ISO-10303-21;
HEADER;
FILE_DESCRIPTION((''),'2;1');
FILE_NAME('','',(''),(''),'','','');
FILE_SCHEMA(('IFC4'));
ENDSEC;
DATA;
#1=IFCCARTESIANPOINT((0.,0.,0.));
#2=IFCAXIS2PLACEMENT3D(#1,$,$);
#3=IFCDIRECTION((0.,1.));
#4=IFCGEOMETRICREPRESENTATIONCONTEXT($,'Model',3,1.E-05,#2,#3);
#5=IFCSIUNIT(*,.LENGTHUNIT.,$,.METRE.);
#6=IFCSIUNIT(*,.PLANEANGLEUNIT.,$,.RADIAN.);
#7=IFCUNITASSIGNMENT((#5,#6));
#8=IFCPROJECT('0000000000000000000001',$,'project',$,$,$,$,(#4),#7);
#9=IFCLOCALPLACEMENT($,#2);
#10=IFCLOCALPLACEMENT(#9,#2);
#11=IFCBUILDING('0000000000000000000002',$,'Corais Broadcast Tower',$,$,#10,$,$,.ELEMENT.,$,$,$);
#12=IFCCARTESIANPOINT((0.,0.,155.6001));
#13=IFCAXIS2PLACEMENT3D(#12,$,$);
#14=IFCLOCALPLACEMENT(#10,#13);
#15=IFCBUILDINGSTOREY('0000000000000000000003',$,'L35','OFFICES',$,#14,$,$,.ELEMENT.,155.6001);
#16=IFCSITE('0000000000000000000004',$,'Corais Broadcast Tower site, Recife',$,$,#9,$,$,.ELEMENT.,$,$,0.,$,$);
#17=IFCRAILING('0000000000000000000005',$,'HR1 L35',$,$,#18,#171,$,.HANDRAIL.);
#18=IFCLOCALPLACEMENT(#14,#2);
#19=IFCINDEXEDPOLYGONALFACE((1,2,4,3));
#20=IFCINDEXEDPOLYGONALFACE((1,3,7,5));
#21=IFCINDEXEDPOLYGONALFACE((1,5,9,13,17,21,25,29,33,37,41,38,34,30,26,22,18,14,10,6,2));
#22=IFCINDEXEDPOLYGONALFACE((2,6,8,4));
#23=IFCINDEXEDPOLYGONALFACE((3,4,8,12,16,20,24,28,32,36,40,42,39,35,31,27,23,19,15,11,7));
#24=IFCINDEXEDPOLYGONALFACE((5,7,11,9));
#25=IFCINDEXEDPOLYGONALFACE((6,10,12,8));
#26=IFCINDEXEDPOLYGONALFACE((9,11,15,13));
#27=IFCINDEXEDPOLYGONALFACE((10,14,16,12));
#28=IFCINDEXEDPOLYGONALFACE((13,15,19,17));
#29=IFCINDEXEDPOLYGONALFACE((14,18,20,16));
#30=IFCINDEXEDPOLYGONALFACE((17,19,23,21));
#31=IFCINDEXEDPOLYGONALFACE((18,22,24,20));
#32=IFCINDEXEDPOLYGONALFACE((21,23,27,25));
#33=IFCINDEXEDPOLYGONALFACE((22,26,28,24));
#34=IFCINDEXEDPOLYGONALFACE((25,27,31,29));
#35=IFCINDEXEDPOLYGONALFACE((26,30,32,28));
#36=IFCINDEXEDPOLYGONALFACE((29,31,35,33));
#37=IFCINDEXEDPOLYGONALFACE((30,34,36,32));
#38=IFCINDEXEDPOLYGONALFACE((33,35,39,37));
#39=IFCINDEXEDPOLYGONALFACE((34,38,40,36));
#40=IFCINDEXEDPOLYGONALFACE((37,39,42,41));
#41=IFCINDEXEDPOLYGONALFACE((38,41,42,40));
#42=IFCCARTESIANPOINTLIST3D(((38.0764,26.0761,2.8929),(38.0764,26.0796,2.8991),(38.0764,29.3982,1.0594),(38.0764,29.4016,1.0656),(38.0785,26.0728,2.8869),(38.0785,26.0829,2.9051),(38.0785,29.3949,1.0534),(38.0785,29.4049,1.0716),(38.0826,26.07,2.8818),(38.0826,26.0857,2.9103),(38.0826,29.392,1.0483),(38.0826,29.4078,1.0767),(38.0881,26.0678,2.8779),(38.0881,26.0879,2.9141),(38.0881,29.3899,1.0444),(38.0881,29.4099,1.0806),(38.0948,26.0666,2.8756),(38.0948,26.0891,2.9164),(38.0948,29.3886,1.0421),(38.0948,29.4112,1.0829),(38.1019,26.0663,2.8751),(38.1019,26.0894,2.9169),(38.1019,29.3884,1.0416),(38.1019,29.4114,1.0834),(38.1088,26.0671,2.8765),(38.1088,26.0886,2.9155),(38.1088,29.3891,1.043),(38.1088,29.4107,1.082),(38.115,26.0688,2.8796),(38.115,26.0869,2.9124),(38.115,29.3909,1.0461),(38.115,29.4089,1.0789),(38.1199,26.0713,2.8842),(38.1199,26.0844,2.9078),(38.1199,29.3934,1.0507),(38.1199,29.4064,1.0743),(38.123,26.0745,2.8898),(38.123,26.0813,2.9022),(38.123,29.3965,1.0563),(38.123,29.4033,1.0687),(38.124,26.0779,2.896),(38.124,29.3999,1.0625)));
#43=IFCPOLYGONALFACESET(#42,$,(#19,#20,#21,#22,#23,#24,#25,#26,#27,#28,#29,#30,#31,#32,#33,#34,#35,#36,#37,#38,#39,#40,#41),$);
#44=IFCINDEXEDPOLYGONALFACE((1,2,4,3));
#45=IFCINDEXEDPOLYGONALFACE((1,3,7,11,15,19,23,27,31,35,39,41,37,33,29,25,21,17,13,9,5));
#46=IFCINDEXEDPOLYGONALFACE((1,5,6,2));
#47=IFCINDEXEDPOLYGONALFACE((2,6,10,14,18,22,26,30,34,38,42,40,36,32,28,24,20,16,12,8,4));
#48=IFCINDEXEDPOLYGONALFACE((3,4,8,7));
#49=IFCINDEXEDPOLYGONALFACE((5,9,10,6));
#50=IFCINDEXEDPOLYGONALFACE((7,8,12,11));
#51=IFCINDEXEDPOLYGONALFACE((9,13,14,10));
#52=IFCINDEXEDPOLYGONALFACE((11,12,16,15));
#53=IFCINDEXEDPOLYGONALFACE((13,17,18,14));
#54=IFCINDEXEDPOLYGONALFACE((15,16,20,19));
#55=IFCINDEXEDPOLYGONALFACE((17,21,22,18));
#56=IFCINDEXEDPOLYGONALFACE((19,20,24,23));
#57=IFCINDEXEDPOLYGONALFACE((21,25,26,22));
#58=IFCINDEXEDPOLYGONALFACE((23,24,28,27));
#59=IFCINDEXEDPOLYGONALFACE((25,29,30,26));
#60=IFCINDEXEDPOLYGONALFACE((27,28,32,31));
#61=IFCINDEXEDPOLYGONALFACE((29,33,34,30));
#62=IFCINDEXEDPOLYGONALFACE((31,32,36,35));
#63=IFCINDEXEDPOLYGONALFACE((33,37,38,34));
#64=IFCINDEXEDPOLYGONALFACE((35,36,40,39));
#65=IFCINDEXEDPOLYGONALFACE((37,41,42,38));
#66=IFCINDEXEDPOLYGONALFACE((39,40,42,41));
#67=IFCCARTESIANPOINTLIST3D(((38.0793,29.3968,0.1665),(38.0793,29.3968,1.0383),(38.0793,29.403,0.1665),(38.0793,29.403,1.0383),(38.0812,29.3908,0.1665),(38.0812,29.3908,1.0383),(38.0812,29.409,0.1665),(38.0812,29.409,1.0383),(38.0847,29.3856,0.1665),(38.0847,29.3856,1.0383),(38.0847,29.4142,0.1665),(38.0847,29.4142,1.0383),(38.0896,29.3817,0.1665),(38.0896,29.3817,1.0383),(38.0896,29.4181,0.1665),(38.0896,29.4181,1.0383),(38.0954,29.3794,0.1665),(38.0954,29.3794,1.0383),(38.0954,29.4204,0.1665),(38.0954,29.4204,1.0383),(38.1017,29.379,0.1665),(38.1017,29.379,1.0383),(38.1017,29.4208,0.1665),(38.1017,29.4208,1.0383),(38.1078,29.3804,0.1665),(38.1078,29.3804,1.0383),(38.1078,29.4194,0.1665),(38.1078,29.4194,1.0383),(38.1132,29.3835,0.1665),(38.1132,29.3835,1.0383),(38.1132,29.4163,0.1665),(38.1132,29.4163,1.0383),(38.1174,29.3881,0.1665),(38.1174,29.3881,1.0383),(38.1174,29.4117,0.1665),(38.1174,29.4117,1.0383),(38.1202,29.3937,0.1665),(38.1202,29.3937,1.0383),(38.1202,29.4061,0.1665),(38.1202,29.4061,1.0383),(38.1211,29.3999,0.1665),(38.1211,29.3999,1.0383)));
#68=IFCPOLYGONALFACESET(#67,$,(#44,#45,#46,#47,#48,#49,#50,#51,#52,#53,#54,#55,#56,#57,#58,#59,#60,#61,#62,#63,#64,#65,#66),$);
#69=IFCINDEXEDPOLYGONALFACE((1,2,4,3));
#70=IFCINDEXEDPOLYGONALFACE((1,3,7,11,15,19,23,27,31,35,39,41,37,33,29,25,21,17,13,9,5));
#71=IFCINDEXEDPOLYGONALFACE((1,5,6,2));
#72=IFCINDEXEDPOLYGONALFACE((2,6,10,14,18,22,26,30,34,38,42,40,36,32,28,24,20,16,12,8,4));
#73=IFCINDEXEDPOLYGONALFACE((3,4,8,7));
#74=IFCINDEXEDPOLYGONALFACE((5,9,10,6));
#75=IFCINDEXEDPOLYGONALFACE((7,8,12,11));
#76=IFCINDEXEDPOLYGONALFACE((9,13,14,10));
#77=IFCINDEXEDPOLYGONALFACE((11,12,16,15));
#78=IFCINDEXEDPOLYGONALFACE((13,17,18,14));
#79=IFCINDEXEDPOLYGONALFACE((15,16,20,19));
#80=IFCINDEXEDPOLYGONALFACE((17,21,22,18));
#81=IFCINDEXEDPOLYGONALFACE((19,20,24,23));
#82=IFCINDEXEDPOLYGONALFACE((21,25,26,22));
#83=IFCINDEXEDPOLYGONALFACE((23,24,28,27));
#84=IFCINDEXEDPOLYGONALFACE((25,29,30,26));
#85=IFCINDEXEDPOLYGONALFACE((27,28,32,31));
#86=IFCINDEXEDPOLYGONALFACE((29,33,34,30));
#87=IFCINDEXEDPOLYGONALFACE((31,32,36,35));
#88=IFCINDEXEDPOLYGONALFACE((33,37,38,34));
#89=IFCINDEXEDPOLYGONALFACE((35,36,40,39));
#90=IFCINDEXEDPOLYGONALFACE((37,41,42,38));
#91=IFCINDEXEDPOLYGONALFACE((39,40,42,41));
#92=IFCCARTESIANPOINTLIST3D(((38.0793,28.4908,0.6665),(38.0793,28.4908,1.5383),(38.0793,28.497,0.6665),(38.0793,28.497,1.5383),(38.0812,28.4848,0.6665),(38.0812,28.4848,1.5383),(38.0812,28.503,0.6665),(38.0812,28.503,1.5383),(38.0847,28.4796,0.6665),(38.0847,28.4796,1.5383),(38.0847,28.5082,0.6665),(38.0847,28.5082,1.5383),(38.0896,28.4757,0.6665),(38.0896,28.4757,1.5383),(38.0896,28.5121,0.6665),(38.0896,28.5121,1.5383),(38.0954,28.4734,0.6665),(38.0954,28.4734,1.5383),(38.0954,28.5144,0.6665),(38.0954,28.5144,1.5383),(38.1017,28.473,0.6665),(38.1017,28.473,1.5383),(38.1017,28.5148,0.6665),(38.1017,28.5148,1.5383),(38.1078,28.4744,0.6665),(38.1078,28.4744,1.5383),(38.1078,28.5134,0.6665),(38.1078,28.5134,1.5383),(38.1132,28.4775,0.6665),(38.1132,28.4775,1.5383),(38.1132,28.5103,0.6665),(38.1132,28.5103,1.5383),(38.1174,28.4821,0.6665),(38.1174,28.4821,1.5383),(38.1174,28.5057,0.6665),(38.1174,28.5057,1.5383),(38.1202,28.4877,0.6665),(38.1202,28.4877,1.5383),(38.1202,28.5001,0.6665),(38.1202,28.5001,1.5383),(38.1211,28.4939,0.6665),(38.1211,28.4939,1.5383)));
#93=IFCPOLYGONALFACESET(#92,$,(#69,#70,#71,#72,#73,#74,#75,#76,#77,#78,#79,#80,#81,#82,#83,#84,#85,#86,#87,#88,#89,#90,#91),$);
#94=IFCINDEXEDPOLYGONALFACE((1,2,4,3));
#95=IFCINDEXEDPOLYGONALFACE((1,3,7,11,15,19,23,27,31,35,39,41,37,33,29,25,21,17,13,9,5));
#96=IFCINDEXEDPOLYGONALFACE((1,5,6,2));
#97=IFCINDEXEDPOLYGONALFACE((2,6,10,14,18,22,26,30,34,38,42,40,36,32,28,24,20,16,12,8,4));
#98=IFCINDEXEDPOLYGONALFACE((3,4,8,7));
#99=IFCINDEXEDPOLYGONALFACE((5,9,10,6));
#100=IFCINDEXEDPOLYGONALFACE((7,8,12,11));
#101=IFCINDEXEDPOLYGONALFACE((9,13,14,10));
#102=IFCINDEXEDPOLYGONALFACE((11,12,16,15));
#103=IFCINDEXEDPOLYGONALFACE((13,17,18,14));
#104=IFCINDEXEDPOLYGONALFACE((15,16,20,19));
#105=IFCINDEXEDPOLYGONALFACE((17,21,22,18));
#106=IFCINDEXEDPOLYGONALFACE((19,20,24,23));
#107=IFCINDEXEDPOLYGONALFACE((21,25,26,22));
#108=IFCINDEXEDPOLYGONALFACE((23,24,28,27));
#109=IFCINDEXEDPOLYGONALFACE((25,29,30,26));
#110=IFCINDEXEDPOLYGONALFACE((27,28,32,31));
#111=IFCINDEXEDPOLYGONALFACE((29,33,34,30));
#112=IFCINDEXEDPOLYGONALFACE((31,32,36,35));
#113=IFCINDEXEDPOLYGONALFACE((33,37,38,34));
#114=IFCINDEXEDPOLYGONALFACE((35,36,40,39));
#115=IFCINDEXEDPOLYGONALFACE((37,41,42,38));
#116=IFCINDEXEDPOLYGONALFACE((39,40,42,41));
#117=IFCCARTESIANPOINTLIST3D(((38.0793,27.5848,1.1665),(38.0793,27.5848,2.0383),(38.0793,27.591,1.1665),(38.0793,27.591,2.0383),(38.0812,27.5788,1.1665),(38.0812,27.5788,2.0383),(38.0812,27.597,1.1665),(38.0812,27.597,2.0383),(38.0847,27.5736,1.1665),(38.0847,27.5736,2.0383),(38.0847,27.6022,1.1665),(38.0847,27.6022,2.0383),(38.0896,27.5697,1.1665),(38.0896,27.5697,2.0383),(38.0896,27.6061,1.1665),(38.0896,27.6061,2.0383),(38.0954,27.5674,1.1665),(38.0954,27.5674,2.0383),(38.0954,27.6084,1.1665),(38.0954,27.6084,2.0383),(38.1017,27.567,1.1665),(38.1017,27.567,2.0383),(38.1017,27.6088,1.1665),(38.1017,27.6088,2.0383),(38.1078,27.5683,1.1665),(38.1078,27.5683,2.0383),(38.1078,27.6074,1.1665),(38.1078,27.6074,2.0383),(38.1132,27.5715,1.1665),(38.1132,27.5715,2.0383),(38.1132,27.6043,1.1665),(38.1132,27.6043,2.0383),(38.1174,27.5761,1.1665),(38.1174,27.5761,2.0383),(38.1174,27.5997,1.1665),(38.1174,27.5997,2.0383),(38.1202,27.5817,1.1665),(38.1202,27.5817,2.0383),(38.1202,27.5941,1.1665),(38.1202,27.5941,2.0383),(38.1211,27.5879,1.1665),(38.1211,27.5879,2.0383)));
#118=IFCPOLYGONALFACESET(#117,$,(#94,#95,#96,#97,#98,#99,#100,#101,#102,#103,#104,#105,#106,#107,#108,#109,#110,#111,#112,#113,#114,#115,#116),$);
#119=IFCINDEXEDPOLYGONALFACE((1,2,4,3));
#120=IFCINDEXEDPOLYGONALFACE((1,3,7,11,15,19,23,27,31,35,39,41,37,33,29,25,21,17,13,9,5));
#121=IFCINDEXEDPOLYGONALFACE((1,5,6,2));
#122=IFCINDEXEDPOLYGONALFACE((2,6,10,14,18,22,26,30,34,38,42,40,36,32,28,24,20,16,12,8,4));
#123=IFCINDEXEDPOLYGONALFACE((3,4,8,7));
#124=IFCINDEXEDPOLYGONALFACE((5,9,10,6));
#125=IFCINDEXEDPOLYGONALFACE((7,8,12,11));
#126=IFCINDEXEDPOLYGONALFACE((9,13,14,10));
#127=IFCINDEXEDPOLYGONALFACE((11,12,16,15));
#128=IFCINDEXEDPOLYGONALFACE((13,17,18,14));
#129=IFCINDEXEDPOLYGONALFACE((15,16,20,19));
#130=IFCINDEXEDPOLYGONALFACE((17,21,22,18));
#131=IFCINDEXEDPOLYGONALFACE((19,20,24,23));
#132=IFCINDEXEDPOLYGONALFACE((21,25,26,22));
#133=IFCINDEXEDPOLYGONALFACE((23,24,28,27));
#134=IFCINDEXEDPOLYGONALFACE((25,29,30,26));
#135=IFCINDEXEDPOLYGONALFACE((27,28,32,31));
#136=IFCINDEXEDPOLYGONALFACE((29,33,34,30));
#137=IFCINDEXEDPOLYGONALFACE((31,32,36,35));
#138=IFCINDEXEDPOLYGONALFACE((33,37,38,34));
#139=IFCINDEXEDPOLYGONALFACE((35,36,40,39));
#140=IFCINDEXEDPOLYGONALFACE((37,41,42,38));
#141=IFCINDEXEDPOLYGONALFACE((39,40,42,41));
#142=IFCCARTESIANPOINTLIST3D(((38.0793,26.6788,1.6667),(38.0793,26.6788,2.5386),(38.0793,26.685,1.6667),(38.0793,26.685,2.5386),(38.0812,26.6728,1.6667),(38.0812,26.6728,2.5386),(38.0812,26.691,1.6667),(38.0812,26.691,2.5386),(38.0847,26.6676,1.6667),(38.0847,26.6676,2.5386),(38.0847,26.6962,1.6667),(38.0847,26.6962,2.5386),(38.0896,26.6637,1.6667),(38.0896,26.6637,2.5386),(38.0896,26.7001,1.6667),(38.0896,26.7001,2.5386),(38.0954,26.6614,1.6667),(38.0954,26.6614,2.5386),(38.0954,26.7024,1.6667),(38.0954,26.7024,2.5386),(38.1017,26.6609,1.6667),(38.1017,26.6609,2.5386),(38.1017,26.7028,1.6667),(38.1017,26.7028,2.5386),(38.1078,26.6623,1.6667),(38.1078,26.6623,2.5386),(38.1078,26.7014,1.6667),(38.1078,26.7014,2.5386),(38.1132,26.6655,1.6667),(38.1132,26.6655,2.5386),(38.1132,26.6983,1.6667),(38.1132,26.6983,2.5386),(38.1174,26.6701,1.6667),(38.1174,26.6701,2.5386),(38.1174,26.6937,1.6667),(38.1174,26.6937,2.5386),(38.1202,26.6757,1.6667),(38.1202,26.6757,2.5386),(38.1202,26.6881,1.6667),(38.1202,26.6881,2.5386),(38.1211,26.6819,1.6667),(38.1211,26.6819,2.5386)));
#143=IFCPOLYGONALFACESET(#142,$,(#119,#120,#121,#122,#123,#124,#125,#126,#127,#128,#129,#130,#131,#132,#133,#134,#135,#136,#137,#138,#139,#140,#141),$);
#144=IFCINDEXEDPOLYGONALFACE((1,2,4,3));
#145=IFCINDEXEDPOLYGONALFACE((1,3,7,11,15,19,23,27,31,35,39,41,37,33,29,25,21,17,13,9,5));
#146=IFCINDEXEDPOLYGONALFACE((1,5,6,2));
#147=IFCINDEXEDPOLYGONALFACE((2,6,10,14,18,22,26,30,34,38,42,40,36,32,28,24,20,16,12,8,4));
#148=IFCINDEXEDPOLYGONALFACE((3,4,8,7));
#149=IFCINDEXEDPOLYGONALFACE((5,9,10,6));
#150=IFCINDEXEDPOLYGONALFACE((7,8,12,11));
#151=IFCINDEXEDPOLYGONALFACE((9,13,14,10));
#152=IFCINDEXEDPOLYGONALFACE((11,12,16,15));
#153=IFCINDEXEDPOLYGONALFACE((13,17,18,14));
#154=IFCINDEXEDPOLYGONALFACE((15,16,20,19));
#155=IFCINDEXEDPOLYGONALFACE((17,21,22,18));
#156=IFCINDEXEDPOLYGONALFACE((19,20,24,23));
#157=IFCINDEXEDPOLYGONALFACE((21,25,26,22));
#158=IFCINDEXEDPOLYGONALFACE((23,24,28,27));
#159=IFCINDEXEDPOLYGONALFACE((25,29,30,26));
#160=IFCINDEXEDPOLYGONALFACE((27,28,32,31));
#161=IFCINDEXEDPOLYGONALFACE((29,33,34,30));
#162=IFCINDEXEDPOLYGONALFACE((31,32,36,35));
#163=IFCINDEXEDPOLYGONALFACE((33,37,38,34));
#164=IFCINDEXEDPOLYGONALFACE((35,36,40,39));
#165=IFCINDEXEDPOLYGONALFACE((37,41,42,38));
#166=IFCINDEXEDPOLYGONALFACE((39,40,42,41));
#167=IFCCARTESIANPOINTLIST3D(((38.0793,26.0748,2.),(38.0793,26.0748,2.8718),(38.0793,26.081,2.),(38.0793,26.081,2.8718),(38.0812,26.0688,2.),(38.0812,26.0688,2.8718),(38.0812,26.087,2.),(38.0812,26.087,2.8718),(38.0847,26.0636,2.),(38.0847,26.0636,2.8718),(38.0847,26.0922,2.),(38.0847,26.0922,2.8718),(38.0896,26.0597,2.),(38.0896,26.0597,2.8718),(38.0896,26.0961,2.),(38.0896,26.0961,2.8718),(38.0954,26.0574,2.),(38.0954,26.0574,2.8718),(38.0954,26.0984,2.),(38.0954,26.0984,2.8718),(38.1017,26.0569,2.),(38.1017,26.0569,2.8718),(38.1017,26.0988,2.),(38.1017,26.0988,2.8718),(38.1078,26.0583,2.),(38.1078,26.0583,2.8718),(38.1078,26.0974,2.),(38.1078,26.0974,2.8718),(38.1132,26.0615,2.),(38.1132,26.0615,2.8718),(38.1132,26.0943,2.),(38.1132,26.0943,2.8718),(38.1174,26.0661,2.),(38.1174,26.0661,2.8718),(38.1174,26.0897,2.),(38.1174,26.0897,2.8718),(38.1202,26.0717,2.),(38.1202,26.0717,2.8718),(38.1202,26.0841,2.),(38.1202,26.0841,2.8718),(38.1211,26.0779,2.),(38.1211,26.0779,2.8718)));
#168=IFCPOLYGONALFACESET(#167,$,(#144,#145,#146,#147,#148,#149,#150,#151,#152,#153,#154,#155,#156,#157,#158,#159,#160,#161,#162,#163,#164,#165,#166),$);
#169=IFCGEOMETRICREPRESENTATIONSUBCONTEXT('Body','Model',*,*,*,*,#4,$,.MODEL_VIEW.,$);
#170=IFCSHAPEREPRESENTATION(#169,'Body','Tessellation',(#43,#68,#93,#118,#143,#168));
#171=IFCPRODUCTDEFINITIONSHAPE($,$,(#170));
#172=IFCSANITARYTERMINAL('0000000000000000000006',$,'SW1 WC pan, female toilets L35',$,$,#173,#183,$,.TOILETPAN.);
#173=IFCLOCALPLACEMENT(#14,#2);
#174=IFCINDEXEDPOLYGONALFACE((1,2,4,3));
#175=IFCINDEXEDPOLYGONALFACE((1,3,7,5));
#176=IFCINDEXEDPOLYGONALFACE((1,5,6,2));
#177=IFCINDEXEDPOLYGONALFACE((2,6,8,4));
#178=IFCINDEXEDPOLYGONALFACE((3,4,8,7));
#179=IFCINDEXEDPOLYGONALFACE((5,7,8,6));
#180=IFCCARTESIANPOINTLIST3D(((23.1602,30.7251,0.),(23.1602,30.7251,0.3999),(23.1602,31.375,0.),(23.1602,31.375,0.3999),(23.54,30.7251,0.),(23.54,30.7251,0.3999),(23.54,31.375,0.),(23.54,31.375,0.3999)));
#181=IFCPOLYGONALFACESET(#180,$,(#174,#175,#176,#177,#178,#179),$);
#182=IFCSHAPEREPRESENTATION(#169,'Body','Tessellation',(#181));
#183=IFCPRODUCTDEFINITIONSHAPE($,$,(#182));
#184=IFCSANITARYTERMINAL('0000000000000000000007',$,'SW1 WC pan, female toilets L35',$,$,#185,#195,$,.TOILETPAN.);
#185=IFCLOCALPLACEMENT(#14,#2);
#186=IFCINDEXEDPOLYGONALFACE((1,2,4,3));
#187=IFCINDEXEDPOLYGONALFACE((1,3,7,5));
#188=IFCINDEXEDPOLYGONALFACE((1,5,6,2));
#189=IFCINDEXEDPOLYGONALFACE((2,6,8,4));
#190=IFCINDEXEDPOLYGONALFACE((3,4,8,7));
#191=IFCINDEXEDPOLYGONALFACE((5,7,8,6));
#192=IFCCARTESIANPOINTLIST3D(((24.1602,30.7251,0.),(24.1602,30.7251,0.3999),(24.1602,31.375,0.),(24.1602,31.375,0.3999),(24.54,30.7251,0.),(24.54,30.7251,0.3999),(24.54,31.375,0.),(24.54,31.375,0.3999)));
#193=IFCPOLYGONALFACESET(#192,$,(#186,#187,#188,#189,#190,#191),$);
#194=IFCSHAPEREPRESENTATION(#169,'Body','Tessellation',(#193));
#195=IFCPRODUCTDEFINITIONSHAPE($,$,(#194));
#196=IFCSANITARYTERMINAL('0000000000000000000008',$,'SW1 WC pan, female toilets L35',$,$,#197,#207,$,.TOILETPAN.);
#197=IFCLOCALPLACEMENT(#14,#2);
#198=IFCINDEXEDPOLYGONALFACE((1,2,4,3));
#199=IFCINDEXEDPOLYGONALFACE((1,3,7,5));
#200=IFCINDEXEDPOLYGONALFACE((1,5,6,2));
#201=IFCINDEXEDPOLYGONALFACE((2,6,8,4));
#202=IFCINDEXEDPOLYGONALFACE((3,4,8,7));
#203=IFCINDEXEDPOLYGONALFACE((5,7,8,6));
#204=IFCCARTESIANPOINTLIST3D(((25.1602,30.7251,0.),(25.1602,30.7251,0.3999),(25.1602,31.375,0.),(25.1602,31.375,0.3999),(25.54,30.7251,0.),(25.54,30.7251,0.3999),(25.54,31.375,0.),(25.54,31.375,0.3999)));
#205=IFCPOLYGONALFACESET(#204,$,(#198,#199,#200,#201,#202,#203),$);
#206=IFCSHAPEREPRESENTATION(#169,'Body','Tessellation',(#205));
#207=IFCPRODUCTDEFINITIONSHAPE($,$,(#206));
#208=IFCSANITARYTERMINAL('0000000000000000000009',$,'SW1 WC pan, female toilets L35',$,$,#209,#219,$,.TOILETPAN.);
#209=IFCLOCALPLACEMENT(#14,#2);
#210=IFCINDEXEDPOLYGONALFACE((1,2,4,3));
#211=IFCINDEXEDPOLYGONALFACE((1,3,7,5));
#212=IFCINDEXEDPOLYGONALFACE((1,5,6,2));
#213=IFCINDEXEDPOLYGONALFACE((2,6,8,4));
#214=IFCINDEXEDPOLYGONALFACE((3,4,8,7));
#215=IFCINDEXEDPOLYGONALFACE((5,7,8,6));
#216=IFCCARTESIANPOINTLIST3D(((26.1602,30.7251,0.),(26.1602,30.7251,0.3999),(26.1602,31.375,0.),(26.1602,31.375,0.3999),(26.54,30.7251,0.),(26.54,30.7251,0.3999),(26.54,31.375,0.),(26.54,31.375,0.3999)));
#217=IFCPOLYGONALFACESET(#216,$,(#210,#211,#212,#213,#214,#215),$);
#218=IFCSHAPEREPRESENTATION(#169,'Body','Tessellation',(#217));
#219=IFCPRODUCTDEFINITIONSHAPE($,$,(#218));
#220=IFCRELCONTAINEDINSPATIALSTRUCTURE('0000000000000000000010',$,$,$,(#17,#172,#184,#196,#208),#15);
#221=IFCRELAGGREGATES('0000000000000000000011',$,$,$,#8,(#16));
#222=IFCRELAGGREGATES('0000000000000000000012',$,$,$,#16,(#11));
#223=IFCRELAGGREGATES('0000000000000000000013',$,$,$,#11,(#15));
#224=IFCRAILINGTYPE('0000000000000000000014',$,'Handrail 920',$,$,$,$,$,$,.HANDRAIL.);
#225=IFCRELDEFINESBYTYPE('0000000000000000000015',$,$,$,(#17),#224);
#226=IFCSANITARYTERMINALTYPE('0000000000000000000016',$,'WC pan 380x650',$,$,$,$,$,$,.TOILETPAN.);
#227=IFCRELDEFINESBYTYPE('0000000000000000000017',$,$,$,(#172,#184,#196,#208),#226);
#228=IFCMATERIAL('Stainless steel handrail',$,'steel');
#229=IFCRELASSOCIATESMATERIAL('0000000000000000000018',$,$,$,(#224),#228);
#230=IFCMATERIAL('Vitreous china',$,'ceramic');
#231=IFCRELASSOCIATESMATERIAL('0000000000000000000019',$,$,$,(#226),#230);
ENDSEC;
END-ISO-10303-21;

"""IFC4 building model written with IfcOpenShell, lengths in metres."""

from ifc_helpers import new_model, si_unit, direction, frame, origin, origin_2d, place, context, subcontext, project, spatial, rectangle, circle, extrude, material, type_object, element, save


model = new_model("IFC4")

# Units and contexts
model_context = context("Model", 3, precision=1e-05, world=origin(), true_north=direction((0.0, 1.0)))
body_context = subcontext(model_context, "Body", "Model", "MODEL_VIEW")
ifc_project = project(units=[si_unit("LENGTHUNIT", "METRE"), si_unit("PLANEANGLEUNIT", "RADIAN")], contexts=[model_context])

# Site, building, storey
site_placement = place(None, origin())
site = spatial("IfcSite", under=ifc_project, at=site_placement, Name="Corais Broadcast Tower site, Recife", CompositionType="ELEMENT", RefElevation=0.0)
building_placement = place(site_placement, origin())
building = spatial("IfcBuilding", under=site, at=building_placement, Name="Corais Broadcast Tower", CompositionType="ELEMENT")
storey_placement = place(building_placement, frame((0.0, 0.0, 155.6001)))
storey = spatial("IfcBuildingStorey", under=building, at=storey_placement, Name="L35", Description="OFFICES", CompositionType="ELEMENT", Elevation=155.6001)

# Railing
ifc_material_1 = material(Name="Stainless steel handrail", Category="steel")
railing_type = type_object("IfcRailingType", Name="Handrail 920", PredefinedType="HANDRAIL", material=ifc_material_1)
for number, where, name in (
    (1, (38.1001, 29.3999, 0.1665), "HR1 L35"),
):
    element("IfcRailing", number, at=place(storey_placement, frame(where)), inside=storey, type_object=railing_type, Name=name, PredefinedType="HANDRAIL", context=body_context, shape_type="SweptSolid", body=[
        extrude(circle(Radius=0.0239, at=origin_2d()), frame((0.0, 0.0, 0.896), z_axis=(0.0, -0.875504, 0.48321), x_axis=(1.0, 0.0, 0.0)), (0.0, 0.0, 1.0), 3.7944),
        extrude(circle(Radius=0.021, at=origin_2d()), origin(), (0.0, 0.0, 1.0), 0.8718),
        extrude(circle(Radius=0.021, at=origin_2d()), frame((0.0, -0.906, 0.5)), (0.0, 0.0, 1.0), 0.8718),
        extrude(circle(Radius=0.021, at=origin_2d()), frame((0.0, -1.812, 1.0)), (0.0, 0.0, 1.0), 0.8718),
        extrude(circle(Radius=0.021, at=origin_2d()), frame((0.0, -2.718, 1.5002)), (0.0, 0.0, 1.0), 0.8718),
        extrude(circle(Radius=0.021, at=origin_2d()), frame((0.0, -3.322, 1.8335)), (0.0, 0.0, 1.0), 0.8718),
    ])

# Sanitary terminals
ifc_material_2 = material(Name="Vitreous china", Category="ceramic")
sanitary_terminal_type_1 = type_object("IfcSanitaryTerminalType", Name="WC pan 380x650", PredefinedType="TOILETPAN", material=ifc_material_2)
for number, where, z_axis, x_axis, name in (
    (2, (23.3501, 31.05, 0.0), (0.0, 0.0, 1.0), (1.0, 0.0, 0.0), "SW1 WC pan, female toilets L35"),
    (3, (24.3501, 31.05, 0.0), (0.0, 0.0, 1.0), (1.0, 0.0, 0.0), "SW1 WC pan, female toilets L35"),
    (4, (25.3501, 31.05, 0.0), (0.0, 0.0, 1.0), (1.0, 0.0, 0.0), "SW1 WC pan, female toilets L35"),
    (5, (26.3501, 31.05, 0.0), (0.0, 0.0, 1.0), (1.0, 0.0, 0.0), "SW1 WC pan, female toilets L35"),
):
    element("IfcSanitaryTerminal", number, at=place(storey_placement, frame(where, z_axis=z_axis, x_axis=x_axis)), inside=storey, type_object=sanitary_terminal_type_1, Name=name, PredefinedType="TOILETPAN", context=body_context, shape_type="SweptSolid", body=[
        extrude(rectangle(XDim=0.3799, YDim=0.6499, at=origin_2d()), origin(), (0.0, 0.0, 1.0), 0.3999),
    ])

save(model, "model.ifc")
